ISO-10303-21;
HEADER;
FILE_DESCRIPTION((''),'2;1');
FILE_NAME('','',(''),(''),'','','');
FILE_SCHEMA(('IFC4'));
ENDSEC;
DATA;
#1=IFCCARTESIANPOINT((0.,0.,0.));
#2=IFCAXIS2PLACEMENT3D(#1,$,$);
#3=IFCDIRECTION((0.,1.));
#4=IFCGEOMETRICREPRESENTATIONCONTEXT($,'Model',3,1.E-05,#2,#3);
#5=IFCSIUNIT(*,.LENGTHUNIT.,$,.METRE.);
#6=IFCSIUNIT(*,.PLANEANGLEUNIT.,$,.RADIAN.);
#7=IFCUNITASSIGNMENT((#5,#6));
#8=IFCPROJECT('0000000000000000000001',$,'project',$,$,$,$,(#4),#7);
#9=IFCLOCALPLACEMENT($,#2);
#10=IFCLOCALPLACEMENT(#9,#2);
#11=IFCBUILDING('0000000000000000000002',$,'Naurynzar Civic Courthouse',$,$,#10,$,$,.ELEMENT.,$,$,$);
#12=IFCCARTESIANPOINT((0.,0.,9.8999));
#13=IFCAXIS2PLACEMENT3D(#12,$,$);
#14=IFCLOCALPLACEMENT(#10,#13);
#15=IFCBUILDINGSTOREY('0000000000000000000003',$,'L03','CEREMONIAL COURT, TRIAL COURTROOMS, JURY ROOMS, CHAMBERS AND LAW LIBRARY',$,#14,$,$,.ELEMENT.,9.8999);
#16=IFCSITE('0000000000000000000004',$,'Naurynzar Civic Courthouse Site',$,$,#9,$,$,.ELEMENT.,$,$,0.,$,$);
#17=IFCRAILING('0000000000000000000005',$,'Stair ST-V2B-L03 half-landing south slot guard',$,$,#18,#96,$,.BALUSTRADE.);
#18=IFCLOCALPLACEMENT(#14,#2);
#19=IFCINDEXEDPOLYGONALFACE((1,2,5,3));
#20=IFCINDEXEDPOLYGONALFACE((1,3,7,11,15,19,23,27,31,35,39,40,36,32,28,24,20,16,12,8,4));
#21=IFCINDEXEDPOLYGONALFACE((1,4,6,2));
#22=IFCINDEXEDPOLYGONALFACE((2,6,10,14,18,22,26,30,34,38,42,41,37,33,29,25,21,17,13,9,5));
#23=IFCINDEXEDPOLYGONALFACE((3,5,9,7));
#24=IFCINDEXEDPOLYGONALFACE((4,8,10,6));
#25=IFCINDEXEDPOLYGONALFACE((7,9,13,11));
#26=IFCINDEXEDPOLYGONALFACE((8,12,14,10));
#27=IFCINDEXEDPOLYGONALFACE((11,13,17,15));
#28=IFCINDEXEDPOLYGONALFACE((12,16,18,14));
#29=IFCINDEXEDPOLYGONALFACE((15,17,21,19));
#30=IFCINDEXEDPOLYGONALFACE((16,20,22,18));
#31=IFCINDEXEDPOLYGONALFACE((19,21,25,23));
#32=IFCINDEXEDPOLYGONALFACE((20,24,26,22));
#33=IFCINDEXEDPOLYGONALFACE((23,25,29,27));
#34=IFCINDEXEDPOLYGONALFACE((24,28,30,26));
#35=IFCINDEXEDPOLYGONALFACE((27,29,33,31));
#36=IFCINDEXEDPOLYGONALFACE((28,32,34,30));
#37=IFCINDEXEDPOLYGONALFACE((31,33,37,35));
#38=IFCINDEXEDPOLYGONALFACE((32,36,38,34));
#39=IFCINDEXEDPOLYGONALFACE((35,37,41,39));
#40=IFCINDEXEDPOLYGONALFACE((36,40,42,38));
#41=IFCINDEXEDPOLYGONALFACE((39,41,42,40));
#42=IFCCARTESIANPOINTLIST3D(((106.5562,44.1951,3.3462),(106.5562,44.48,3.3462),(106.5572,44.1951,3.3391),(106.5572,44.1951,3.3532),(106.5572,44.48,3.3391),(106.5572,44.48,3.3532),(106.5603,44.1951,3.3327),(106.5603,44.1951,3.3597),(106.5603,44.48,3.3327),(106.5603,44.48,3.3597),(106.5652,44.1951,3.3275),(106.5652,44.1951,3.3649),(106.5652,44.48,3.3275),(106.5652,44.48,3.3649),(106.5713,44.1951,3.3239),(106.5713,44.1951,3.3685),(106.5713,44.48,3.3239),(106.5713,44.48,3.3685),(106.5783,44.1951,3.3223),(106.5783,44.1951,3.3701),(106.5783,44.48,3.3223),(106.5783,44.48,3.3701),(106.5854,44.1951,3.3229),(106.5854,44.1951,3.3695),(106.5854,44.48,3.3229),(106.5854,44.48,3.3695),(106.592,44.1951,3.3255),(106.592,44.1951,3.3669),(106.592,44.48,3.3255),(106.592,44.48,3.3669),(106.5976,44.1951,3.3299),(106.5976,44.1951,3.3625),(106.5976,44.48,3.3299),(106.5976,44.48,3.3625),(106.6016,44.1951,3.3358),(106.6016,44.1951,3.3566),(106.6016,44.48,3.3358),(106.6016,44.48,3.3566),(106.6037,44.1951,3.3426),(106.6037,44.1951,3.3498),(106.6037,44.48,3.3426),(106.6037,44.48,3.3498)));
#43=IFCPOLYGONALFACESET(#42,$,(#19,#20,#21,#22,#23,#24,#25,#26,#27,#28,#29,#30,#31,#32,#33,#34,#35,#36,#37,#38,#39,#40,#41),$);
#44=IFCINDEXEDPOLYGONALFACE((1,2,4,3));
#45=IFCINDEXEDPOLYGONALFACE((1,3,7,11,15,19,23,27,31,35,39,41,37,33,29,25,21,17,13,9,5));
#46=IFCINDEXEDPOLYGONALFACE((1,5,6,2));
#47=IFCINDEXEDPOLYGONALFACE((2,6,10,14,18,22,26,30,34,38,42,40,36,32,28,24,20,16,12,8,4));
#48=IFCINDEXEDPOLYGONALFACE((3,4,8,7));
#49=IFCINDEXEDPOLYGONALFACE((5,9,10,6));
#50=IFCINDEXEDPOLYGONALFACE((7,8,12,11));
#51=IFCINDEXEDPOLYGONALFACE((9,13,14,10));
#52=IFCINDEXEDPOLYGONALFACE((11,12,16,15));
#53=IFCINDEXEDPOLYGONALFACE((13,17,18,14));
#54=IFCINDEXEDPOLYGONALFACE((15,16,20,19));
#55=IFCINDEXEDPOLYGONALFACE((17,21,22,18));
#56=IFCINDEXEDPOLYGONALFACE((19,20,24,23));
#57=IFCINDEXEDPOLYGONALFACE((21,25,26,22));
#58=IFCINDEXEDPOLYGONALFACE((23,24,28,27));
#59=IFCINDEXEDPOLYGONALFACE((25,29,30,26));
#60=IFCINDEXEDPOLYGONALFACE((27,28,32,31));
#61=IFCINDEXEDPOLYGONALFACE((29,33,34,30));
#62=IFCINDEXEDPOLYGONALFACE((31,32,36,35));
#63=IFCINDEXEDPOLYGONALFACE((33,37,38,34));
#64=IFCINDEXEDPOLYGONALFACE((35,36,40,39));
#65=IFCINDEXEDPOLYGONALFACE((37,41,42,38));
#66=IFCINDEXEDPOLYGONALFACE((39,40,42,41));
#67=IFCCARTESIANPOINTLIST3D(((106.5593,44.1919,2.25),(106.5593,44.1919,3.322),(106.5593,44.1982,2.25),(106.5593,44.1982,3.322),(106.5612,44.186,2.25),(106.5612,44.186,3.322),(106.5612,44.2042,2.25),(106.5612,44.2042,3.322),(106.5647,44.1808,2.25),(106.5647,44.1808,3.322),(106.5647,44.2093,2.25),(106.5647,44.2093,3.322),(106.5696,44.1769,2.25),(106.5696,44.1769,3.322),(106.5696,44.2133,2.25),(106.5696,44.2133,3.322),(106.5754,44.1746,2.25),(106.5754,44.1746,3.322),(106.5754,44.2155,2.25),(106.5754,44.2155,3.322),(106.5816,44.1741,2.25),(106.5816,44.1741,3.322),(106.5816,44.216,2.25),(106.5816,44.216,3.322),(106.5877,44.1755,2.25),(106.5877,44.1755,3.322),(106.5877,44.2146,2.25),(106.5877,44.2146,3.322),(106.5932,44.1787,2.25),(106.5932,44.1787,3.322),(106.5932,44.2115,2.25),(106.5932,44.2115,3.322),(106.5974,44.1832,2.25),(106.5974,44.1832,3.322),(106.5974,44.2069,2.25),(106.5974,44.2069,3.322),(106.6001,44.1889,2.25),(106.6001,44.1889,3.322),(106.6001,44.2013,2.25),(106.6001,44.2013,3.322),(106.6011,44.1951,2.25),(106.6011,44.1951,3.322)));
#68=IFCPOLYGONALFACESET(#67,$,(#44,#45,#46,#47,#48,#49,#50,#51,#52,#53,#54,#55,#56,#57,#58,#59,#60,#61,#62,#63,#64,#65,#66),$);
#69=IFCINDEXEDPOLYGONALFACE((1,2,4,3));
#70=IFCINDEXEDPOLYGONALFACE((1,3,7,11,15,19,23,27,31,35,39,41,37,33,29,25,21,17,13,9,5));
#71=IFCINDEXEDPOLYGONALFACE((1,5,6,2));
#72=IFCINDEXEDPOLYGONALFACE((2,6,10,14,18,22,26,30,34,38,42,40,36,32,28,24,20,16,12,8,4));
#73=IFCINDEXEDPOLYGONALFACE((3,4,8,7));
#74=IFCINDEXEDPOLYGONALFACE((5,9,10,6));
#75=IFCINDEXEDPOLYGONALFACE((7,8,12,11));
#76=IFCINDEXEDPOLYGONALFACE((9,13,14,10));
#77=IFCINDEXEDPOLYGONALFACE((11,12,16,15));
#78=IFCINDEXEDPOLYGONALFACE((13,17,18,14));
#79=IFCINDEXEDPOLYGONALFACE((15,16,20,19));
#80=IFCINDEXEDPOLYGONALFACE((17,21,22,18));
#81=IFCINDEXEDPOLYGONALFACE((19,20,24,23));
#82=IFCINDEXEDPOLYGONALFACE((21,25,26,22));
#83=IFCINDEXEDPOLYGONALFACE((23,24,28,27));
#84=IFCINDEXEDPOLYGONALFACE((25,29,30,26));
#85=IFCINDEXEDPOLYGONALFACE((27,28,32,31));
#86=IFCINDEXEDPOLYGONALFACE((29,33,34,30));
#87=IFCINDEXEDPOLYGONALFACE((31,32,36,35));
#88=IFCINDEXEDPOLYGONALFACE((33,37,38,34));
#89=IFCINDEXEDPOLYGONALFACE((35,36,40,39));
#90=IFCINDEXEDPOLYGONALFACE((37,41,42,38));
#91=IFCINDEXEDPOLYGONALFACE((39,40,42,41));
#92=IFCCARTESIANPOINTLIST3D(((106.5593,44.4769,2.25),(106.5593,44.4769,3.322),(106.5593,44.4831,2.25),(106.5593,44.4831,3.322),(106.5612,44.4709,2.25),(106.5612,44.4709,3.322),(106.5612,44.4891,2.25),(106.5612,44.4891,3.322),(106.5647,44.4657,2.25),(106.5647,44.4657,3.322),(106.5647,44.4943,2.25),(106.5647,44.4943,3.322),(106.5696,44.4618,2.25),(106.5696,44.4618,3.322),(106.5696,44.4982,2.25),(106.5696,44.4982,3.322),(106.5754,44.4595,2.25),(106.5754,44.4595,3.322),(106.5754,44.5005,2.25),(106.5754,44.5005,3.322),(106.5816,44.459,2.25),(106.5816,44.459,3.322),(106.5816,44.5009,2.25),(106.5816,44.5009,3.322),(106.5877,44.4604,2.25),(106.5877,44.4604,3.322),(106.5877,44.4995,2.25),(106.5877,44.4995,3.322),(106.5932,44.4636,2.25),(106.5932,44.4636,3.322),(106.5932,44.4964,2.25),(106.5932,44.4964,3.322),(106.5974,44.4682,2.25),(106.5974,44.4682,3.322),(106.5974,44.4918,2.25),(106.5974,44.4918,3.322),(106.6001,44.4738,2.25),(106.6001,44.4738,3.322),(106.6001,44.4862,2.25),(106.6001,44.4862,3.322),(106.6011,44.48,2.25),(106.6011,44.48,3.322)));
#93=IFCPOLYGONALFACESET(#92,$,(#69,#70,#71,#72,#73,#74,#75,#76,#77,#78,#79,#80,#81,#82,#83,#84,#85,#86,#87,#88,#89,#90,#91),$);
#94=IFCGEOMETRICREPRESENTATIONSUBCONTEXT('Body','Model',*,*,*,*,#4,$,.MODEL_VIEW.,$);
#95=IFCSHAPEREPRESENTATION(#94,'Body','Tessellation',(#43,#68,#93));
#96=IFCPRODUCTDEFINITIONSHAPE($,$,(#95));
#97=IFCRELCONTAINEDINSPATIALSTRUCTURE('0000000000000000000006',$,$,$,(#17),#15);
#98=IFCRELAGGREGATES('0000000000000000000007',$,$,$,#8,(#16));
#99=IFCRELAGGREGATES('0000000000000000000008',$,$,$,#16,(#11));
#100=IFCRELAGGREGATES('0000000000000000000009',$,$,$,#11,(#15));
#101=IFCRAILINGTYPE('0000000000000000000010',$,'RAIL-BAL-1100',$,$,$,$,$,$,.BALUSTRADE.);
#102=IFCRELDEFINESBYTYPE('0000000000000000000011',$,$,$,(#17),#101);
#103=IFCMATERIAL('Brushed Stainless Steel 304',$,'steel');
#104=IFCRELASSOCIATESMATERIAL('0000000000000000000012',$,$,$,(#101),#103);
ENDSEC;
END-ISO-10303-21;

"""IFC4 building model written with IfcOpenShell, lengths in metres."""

from ifc_helpers import new_model, si_unit, direction, frame, origin, origin_2d, place, context, subcontext, project, spatial, circle, extrude, material, type_object, element, save


model = new_model("IFC4")

# Units and contexts
model_context = context("Model", 3, precision=1e-05, world=origin(), true_north=direction((0.0, 1.0)))
body_context = subcontext(model_context, "Body", "Model", "MODEL_VIEW")
ifc_project = project(units=[si_unit("LENGTHUNIT", "METRE"), si_unit("PLANEANGLEUNIT", "RADIAN")], contexts=[model_context])

# Site, building, storey
site_placement = place(None, origin())
site = spatial("IfcSite", under=ifc_project, at=site_placement, Name="Naurynzar Civic Courthouse Site", CompositionType="ELEMENT", RefElevation=0.0)
building_placement = place(site_placement, origin())
building = spatial("IfcBuilding", under=site, at=building_placement, Name="Naurynzar Civic Courthouse", CompositionType="ELEMENT")
storey_placement = place(building_placement, frame((0.0, 0.0, 9.8999)))
storey = spatial("IfcBuildingStorey", under=building, at=storey_placement, Name="L03", Description="CEREMONIAL COURT, TRIAL COURTROOMS, JURY ROOMS, CHAMBERS AND LAW LIBRARY", CompositionType="ELEMENT", Elevation=9.8999)

# Railing
ifc_material_1 = material(Name="Brushed Stainless Steel 304", Category="steel")
railing_type_1 = type_object("IfcRailingType", Name="RAIL-BAL-1100", PredefinedType="BALUSTRADE", material=ifc_material_1)
railing_1_placement = place(storey_placement, frame((106.5801, 44.1951, 2.25)))
element("IfcRailing", 1, at=railing_1_placement, inside=storey, type_object=railing_type_1, Name="Stair ST-V2B-L03 half-landing south slot guard", PredefinedType="BALUSTRADE", context=body_context, shape_type="SweptSolid", body=[
    extrude(circle(Radius=0.0239, at=origin_2d()), frame((0.0, 0.0, 1.0962), z_axis=(0.0, 1.0, 0.0), x_axis=(-1.0, 0.0, 0.0)), (0.0, 0.0, 1.0), 0.2849),
    extrude(circle(Radius=0.021, at=origin_2d()), origin(), (0.0, 0.0, 1.0), 1.072),
    extrude(circle(Radius=0.021, at=origin_2d()), frame((0.0, 0.2849, 0.0)), (0.0, 0.0, 1.0), 1.072),
])

save(model, "model.ifc")
